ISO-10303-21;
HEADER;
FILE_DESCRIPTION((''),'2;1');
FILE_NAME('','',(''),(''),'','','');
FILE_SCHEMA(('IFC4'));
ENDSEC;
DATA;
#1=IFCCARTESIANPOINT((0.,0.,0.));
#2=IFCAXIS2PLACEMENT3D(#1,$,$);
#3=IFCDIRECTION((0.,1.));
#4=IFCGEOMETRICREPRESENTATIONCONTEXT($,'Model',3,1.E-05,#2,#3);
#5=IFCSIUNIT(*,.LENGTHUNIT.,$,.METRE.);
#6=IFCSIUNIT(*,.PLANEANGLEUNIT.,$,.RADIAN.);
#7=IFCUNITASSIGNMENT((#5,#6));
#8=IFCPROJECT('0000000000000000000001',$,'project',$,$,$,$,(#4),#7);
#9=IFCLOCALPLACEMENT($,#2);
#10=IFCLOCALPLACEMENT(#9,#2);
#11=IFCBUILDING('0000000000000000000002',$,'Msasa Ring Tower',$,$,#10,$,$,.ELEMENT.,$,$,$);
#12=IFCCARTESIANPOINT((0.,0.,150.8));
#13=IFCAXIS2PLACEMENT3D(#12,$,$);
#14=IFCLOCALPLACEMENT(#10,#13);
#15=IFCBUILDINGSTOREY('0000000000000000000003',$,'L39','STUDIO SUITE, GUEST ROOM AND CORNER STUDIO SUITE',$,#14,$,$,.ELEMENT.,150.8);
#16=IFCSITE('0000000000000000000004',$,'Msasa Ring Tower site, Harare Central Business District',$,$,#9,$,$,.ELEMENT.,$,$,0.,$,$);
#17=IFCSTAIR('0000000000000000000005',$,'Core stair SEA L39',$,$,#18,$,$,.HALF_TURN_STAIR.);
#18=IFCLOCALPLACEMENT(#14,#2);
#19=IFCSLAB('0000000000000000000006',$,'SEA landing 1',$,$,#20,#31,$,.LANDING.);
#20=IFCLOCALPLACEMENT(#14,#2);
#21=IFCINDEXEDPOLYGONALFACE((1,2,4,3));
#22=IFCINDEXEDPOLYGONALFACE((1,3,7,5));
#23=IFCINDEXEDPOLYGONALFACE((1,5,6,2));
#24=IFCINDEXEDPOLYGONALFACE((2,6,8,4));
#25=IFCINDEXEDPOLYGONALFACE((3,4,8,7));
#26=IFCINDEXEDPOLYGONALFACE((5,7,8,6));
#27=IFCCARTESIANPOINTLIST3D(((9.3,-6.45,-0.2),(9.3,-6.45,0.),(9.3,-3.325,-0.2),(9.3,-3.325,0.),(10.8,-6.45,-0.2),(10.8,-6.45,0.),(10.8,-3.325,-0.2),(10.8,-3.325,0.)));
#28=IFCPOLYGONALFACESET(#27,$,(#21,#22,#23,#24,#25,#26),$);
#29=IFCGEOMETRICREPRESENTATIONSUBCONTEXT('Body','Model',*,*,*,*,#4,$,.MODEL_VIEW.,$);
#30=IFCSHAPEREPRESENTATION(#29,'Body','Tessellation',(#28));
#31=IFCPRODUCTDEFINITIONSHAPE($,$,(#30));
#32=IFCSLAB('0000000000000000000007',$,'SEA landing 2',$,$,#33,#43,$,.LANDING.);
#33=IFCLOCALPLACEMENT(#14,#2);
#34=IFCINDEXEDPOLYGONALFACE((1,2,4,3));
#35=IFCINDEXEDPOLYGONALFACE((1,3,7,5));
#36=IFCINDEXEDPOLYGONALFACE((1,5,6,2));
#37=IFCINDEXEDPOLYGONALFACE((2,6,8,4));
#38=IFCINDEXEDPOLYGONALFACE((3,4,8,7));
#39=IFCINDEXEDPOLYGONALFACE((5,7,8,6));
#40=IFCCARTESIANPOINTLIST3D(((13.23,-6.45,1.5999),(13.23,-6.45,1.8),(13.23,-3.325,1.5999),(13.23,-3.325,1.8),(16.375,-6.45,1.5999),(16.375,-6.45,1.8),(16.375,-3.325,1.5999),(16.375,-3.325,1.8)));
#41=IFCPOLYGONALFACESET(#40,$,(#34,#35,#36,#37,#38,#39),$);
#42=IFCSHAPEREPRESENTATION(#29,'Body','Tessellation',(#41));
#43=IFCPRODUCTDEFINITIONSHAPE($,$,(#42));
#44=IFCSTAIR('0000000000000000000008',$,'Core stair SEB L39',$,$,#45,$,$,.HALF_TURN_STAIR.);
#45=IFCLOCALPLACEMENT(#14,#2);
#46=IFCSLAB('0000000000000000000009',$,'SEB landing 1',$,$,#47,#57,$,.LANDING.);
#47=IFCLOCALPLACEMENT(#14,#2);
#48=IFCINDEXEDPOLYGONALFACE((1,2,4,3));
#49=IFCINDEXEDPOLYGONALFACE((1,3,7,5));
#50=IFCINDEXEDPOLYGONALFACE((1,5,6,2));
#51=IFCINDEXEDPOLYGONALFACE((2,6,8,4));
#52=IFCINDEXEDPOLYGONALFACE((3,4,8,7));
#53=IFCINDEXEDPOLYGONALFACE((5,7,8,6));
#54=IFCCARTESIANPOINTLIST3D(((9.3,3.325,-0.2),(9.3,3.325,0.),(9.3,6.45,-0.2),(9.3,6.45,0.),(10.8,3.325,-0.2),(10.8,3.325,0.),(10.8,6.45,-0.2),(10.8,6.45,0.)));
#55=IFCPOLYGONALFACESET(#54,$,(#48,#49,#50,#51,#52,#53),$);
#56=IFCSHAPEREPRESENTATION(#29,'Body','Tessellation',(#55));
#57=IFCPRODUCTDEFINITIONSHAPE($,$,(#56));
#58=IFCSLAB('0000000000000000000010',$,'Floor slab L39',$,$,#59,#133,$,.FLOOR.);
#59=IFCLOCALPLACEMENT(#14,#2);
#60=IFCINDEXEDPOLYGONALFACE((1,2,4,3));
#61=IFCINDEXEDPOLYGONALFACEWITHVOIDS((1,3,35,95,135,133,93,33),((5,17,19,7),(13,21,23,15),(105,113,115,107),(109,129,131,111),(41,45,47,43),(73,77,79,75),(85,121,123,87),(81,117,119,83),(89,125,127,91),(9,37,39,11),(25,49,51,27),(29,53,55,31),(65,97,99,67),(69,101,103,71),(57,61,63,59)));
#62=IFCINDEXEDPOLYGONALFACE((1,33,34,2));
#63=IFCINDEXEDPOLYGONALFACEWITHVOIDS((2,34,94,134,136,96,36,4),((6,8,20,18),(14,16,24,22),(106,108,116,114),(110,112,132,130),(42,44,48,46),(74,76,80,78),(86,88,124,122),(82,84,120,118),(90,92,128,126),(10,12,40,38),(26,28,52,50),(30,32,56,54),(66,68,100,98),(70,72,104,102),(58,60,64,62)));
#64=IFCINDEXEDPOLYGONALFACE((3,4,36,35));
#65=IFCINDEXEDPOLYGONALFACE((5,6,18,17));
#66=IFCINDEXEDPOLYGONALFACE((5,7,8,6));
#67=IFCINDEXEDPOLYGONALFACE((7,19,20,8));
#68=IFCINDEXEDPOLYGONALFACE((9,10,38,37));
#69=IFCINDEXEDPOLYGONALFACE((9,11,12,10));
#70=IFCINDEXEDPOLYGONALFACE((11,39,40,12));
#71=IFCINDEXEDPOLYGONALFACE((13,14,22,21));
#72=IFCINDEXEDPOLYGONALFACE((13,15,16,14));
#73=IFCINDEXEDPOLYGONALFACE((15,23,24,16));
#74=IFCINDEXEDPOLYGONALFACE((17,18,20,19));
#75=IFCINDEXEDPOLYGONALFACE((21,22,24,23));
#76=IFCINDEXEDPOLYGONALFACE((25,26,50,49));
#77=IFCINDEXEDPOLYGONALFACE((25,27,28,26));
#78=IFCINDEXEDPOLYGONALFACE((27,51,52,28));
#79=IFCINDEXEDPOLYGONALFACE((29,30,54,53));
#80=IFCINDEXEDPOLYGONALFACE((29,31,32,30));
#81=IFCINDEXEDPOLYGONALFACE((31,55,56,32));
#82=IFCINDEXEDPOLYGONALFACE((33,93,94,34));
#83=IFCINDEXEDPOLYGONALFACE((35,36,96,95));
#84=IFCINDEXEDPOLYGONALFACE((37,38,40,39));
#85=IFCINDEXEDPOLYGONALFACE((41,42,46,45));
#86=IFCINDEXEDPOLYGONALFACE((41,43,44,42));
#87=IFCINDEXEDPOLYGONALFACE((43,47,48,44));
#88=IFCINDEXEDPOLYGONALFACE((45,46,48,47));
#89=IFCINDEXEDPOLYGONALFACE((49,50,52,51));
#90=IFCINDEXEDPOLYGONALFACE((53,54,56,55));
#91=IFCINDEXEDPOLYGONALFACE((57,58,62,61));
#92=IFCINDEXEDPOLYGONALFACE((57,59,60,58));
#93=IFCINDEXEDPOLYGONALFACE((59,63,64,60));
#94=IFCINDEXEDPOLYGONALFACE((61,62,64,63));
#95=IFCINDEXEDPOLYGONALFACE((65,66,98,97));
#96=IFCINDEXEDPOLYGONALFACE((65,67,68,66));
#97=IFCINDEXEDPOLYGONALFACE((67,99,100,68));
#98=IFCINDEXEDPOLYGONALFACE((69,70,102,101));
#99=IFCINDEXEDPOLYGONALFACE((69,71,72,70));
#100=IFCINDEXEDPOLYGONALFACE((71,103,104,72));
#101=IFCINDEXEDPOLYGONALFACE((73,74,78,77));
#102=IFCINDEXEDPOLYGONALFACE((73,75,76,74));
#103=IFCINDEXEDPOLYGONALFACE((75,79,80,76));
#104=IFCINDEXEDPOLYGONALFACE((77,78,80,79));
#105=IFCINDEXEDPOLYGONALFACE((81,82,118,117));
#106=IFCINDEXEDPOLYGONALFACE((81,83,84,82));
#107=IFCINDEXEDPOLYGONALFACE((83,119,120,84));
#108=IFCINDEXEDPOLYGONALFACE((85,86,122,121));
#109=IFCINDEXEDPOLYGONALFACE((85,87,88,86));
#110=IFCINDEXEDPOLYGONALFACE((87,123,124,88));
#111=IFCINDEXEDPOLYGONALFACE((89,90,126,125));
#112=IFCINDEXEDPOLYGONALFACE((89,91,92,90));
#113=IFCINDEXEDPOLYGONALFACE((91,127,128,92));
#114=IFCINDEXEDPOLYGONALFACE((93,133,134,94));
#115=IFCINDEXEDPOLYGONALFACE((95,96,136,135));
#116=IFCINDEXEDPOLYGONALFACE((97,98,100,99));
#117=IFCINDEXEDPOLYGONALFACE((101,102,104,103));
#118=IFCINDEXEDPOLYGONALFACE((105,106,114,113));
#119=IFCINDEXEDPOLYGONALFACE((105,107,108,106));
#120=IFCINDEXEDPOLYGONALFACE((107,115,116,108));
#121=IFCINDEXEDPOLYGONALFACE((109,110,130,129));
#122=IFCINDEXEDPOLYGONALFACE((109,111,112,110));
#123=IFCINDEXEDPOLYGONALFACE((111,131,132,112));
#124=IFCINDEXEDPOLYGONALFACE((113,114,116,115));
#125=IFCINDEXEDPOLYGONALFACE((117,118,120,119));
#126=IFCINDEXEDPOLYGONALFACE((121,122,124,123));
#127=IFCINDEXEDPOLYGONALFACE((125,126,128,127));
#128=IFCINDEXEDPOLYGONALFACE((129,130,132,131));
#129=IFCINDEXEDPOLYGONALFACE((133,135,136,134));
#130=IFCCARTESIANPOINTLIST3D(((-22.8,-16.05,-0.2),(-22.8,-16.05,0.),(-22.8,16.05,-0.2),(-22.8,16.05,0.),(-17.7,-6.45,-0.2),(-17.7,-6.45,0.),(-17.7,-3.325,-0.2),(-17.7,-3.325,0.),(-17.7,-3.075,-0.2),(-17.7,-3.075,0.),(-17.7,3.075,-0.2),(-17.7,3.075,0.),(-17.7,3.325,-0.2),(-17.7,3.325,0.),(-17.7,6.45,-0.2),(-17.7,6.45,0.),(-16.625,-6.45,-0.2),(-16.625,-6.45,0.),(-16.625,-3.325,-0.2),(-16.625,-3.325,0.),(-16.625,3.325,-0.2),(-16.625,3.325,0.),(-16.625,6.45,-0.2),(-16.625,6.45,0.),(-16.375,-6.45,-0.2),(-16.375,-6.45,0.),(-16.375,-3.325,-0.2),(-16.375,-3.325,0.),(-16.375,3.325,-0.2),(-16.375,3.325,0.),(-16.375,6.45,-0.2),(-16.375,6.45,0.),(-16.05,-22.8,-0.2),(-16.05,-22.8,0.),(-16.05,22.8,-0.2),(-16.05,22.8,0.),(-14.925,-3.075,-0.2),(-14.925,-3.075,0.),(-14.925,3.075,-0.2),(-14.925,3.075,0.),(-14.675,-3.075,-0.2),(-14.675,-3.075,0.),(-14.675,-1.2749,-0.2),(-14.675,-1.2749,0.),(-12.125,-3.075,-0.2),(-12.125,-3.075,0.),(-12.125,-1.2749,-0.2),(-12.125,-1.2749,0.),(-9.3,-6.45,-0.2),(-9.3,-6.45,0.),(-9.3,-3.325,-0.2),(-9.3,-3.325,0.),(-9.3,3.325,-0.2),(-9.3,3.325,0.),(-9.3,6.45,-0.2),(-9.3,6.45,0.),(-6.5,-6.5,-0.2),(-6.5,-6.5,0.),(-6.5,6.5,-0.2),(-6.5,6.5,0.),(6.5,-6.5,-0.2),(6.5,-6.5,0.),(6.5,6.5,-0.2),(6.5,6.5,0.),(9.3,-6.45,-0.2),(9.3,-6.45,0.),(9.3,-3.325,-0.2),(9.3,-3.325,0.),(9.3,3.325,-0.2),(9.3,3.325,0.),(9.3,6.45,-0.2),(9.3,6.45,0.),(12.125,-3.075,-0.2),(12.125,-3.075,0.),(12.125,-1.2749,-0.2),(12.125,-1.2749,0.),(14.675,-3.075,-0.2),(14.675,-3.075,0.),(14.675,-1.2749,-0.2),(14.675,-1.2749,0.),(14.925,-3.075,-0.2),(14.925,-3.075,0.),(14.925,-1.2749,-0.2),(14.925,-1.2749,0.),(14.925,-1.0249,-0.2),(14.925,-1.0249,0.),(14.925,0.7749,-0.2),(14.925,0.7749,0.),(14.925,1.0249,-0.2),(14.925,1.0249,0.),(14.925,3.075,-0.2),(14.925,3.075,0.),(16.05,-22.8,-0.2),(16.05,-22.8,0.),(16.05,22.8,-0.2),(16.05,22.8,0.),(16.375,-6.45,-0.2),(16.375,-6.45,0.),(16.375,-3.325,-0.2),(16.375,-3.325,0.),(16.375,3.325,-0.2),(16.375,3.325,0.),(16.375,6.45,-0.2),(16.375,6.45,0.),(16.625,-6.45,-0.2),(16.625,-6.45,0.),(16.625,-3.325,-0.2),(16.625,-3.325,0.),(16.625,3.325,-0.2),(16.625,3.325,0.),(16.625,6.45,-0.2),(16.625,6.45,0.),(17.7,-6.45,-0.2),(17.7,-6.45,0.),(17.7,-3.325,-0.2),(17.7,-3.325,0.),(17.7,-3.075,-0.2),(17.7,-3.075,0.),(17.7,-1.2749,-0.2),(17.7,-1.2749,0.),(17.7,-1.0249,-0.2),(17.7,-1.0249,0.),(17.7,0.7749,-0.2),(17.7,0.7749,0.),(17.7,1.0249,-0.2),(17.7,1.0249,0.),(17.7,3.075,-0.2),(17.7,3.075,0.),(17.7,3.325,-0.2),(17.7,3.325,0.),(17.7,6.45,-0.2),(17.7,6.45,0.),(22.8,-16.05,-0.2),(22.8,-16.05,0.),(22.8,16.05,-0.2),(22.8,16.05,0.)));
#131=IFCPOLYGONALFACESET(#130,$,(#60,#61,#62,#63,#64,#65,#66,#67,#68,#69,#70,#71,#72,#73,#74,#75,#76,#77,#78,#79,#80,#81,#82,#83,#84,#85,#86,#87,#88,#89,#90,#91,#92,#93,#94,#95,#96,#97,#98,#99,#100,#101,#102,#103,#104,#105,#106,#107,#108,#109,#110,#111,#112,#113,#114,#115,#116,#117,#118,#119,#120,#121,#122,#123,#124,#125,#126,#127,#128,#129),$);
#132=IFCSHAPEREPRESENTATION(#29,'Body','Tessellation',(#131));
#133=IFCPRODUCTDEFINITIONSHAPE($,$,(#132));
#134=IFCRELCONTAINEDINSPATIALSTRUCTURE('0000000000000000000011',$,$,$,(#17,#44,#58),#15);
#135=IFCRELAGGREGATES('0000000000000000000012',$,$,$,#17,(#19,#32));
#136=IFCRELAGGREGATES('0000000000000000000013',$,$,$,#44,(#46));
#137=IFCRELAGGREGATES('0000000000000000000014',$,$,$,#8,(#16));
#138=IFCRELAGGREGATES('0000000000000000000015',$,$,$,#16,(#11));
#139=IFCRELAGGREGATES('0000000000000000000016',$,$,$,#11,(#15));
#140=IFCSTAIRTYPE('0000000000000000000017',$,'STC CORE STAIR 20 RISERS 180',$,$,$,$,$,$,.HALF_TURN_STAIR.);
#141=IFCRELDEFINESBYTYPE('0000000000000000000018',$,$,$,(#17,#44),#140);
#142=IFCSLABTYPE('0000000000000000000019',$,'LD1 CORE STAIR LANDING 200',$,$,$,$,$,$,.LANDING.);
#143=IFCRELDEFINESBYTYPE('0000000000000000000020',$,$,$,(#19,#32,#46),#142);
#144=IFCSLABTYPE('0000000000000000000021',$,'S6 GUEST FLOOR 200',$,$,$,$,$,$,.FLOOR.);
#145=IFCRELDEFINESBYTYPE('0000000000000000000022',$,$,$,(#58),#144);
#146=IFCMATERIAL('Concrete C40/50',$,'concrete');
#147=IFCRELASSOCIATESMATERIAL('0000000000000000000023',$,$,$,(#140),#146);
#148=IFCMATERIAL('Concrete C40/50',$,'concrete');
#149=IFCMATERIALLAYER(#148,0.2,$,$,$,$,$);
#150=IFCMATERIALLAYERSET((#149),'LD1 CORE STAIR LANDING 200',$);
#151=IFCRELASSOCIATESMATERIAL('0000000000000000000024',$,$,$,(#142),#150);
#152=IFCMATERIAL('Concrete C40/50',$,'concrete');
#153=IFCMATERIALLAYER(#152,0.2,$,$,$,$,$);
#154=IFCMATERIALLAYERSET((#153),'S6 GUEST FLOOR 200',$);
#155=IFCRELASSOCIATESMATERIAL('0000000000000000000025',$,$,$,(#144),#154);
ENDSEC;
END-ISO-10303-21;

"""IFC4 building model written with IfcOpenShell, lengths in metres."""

from ifc_helpers import new_model, si_unit, direction, frame, origin, place, context, subcontext, project, spatial, polyline, outline, extrude, material, layer, layer_set, type_object, element, aggregate, save


model = new_model("IFC4")

# Units and contexts
model_context = context("Model", 3, precision=1e-05, world=origin(), true_north=direction((0.0, 1.0)))
body_context = subcontext(model_context, "Body", "Model", "MODEL_VIEW")
ifc_project = project(units=[si_unit("LENGTHUNIT", "METRE"), si_unit("PLANEANGLEUNIT", "RADIAN")], contexts=[model_context])

# Site, building, storey
site_placement = place(None, origin())
site = spatial("IfcSite", under=ifc_project, at=site_placement, Name="Msasa Ring Tower site, Harare Central Business District", CompositionType="ELEMENT", RefElevation=0.0)
building_placement = place(site_placement, origin())
building = spatial("IfcBuilding", under=site, at=building_placement, Name="Msasa Ring Tower", CompositionType="ELEMENT")
storey_placement = place(building_placement, frame((0.0, 0.0, 150.8)))
storey = spatial("IfcBuildingStorey", under=building, at=storey_placement, Name="L39", Description="STUDIO SUITE, GUEST ROOM AND CORNER STUDIO SUITE", CompositionType="ELEMENT", Elevation=150.8)

# Stair, slabs
ifc_material_1 = material(Name="Concrete C40/50", Category="concrete")
stair_type = type_object("IfcStairType", Name="STC CORE STAIR 20 RISERS 180", PredefinedType="HALF_TURN_STAIR", material=ifc_material_1)
stair_1_placement = place(storey_placement, origin())
stair_1 = element("IfcStair", 1, at=stair_1_placement, inside=storey, type_object=stair_type, Name="Core stair SEA L39", PredefinedType="HALF_TURN_STAIR")
ifc_material_2 = material(Name="Concrete C40/50", Category="concrete")
ifc_layer_1 = layer(ifc_material_2, 0.2)
ifc_layer_set_1 = layer_set([ifc_layer_1], Name="LD1 CORE STAIR LANDING 200")
slab_type_1 = type_object("IfcSlabType", Name="LD1 CORE STAIR LANDING 200", PredefinedType="LANDING", material=ifc_layer_set_1)
slab_1_placement = place(storey_placement, frame((0.0, 0.0, -0.2)))
slab_1 = element("IfcSlab", 2, at=slab_1_placement, type_object=slab_type_1, Name="SEA landing 1", PredefinedType="LANDING", context=body_context, shape_type="SweptSolid", body=[
    extrude(outline(polyline([(9.3, -6.45), (10.8, -6.45), (10.8, -3.325), (9.3, -3.325), (9.3, -6.45)])), origin(), (0.0, 0.0, 1.0), 0.2),
])
slab_2_placement = place(storey_placement, frame((0.0, 0.0, 1.5999)))
slab_2 = element("IfcSlab", 3, at=slab_2_placement, type_object=slab_type_1, Name="SEA landing 2", PredefinedType="LANDING", context=body_context, shape_type="SweptSolid", body=[
    extrude(outline(polyline([(13.23, -6.45), (16.375, -6.45), (16.375, -3.325), (13.23, -3.325), (13.23, -6.45)])), origin(), (0.0, 0.0, 1.0), 0.2002),
])
aggregate(stair_1, [slab_1, slab_2])

# Stair, slab
stair_2_placement = place(storey_placement, origin())
stair_2 = element("IfcStair", 4, at=stair_2_placement, inside=storey, type_object=stair_type, Name="Core stair SEB L39", PredefinedType="HALF_TURN_STAIR")
slab_3_placement = place(storey_placement, frame((0.0, 0.0, -0.2)))
slab_3 = element("IfcSlab", 5, at=slab_3_placement, type_object=slab_type_1, Name="SEB landing 1", PredefinedType="LANDING", context=body_context, shape_type="SweptSolid", body=[
    extrude(outline(polyline([(9.3, 3.325), (10.8, 3.325), (10.8, 6.45), (9.3, 6.45), (9.3, 3.325)])), origin(), (0.0, 0.0, 1.0), 0.2),
])
aggregate(stair_2, [slab_3])

# Slab
ifc_material_3 = material(Name="Concrete C40/50", Category="concrete")
ifc_layer_2 = layer(ifc_material_3, 0.2)
ifc_layer_set_2 = layer_set([ifc_layer_2], Name="S6 GUEST FLOOR 200")
slab_type_2 = type_object("IfcSlabType", Name="S6 GUEST FLOOR 200", PredefinedType="FLOOR", material=ifc_layer_set_2)
slab_4_placement = place(storey_placement, frame((0.0, 0.0, -0.2)))
element("IfcSlab", 6, at=slab_4_placement, inside=storey, type_object=slab_type_2, Name="Floor slab L39", PredefinedType="FLOOR", context=body_context, shape_type="SweptSolid", body=[
    extrude(outline(polyline([(-16.05, -22.8), (16.05, -22.8), (22.8, -16.05), (22.8, 16.05), (16.05, 22.8), (-16.05, 22.8), (-22.8, 16.05), (-22.8, -16.05), (-16.05, -22.8)]), holes=[polyline([(-6.5, -6.5), (6.5, -6.5), (6.5, 6.5), (-6.5, 6.5), (-6.5, -6.5)]), polyline([(9.3, -6.45), (16.375, -6.45), (16.375, -3.325), (9.3, -3.325), (9.3, -6.45)]), polyline([(9.3, 3.325), (16.375, 3.325), (16.375, 6.45), (9.3, 6.45), (9.3, 3.325)]), polyline([(12.125, -3.075), (14.675, -3.075), (14.675, -1.2749), (12.125, -1.2749), (12.125, -3.075)]), polyline([(16.625, -6.45), (17.7, -6.45), (17.7, -3.325), (16.625, -3.325), (16.625, -6.45)]), polyline([(16.625, 3.325), (17.7, 3.325), (17.7, 6.45), (16.625, 6.45), (16.625, 3.325)]), polyline([(14.925, -3.075), (17.7, -3.075), (17.7, -1.2749), (14.925, -1.2749), (14.925, -3.075)]), polyline([(14.925, -1.0249), (17.7, -1.0249), (17.7, 0.7749), (14.925, 0.7749), (14.925, -1.0249)]), polyline([(14.925, 1.0249), (17.7, 1.0249), (17.7, 3.075), (14.925, 3.075), (14.925, 1.0249)]), polyline([(-16.375, -6.45), (-9.3, -6.45), (-9.3, -3.325), (-16.375, -3.325), (-16.375, -6.45)]), polyline([(-16.375, 3.325), (-9.3, 3.325), (-9.3, 6.45), (-16.375, 6.45), (-16.375, 3.325)]), polyline([(-14.675, -3.075), (-12.125, -3.075), (-12.125, -1.2749), (-14.675, -1.2749), (-14.675, -3.075)]), polyline([(-17.7, -6.45), (-16.625, -6.45), (-16.625, -3.325), (-17.7, -3.325), (-17.7, -6.45)]), polyline([(-17.7, 3.325), (-16.625, 3.325), (-16.625, 6.45), (-17.7, 6.45), (-17.7, 3.325)]), polyline([(-17.7, -3.075), (-14.925, -3.075), (-14.925, 3.075), (-17.7, 3.075), (-17.7, -3.075)])]), origin(), (0.0, 0.0, 1.0), 0.2),
])

save(model, "model.ifc")
